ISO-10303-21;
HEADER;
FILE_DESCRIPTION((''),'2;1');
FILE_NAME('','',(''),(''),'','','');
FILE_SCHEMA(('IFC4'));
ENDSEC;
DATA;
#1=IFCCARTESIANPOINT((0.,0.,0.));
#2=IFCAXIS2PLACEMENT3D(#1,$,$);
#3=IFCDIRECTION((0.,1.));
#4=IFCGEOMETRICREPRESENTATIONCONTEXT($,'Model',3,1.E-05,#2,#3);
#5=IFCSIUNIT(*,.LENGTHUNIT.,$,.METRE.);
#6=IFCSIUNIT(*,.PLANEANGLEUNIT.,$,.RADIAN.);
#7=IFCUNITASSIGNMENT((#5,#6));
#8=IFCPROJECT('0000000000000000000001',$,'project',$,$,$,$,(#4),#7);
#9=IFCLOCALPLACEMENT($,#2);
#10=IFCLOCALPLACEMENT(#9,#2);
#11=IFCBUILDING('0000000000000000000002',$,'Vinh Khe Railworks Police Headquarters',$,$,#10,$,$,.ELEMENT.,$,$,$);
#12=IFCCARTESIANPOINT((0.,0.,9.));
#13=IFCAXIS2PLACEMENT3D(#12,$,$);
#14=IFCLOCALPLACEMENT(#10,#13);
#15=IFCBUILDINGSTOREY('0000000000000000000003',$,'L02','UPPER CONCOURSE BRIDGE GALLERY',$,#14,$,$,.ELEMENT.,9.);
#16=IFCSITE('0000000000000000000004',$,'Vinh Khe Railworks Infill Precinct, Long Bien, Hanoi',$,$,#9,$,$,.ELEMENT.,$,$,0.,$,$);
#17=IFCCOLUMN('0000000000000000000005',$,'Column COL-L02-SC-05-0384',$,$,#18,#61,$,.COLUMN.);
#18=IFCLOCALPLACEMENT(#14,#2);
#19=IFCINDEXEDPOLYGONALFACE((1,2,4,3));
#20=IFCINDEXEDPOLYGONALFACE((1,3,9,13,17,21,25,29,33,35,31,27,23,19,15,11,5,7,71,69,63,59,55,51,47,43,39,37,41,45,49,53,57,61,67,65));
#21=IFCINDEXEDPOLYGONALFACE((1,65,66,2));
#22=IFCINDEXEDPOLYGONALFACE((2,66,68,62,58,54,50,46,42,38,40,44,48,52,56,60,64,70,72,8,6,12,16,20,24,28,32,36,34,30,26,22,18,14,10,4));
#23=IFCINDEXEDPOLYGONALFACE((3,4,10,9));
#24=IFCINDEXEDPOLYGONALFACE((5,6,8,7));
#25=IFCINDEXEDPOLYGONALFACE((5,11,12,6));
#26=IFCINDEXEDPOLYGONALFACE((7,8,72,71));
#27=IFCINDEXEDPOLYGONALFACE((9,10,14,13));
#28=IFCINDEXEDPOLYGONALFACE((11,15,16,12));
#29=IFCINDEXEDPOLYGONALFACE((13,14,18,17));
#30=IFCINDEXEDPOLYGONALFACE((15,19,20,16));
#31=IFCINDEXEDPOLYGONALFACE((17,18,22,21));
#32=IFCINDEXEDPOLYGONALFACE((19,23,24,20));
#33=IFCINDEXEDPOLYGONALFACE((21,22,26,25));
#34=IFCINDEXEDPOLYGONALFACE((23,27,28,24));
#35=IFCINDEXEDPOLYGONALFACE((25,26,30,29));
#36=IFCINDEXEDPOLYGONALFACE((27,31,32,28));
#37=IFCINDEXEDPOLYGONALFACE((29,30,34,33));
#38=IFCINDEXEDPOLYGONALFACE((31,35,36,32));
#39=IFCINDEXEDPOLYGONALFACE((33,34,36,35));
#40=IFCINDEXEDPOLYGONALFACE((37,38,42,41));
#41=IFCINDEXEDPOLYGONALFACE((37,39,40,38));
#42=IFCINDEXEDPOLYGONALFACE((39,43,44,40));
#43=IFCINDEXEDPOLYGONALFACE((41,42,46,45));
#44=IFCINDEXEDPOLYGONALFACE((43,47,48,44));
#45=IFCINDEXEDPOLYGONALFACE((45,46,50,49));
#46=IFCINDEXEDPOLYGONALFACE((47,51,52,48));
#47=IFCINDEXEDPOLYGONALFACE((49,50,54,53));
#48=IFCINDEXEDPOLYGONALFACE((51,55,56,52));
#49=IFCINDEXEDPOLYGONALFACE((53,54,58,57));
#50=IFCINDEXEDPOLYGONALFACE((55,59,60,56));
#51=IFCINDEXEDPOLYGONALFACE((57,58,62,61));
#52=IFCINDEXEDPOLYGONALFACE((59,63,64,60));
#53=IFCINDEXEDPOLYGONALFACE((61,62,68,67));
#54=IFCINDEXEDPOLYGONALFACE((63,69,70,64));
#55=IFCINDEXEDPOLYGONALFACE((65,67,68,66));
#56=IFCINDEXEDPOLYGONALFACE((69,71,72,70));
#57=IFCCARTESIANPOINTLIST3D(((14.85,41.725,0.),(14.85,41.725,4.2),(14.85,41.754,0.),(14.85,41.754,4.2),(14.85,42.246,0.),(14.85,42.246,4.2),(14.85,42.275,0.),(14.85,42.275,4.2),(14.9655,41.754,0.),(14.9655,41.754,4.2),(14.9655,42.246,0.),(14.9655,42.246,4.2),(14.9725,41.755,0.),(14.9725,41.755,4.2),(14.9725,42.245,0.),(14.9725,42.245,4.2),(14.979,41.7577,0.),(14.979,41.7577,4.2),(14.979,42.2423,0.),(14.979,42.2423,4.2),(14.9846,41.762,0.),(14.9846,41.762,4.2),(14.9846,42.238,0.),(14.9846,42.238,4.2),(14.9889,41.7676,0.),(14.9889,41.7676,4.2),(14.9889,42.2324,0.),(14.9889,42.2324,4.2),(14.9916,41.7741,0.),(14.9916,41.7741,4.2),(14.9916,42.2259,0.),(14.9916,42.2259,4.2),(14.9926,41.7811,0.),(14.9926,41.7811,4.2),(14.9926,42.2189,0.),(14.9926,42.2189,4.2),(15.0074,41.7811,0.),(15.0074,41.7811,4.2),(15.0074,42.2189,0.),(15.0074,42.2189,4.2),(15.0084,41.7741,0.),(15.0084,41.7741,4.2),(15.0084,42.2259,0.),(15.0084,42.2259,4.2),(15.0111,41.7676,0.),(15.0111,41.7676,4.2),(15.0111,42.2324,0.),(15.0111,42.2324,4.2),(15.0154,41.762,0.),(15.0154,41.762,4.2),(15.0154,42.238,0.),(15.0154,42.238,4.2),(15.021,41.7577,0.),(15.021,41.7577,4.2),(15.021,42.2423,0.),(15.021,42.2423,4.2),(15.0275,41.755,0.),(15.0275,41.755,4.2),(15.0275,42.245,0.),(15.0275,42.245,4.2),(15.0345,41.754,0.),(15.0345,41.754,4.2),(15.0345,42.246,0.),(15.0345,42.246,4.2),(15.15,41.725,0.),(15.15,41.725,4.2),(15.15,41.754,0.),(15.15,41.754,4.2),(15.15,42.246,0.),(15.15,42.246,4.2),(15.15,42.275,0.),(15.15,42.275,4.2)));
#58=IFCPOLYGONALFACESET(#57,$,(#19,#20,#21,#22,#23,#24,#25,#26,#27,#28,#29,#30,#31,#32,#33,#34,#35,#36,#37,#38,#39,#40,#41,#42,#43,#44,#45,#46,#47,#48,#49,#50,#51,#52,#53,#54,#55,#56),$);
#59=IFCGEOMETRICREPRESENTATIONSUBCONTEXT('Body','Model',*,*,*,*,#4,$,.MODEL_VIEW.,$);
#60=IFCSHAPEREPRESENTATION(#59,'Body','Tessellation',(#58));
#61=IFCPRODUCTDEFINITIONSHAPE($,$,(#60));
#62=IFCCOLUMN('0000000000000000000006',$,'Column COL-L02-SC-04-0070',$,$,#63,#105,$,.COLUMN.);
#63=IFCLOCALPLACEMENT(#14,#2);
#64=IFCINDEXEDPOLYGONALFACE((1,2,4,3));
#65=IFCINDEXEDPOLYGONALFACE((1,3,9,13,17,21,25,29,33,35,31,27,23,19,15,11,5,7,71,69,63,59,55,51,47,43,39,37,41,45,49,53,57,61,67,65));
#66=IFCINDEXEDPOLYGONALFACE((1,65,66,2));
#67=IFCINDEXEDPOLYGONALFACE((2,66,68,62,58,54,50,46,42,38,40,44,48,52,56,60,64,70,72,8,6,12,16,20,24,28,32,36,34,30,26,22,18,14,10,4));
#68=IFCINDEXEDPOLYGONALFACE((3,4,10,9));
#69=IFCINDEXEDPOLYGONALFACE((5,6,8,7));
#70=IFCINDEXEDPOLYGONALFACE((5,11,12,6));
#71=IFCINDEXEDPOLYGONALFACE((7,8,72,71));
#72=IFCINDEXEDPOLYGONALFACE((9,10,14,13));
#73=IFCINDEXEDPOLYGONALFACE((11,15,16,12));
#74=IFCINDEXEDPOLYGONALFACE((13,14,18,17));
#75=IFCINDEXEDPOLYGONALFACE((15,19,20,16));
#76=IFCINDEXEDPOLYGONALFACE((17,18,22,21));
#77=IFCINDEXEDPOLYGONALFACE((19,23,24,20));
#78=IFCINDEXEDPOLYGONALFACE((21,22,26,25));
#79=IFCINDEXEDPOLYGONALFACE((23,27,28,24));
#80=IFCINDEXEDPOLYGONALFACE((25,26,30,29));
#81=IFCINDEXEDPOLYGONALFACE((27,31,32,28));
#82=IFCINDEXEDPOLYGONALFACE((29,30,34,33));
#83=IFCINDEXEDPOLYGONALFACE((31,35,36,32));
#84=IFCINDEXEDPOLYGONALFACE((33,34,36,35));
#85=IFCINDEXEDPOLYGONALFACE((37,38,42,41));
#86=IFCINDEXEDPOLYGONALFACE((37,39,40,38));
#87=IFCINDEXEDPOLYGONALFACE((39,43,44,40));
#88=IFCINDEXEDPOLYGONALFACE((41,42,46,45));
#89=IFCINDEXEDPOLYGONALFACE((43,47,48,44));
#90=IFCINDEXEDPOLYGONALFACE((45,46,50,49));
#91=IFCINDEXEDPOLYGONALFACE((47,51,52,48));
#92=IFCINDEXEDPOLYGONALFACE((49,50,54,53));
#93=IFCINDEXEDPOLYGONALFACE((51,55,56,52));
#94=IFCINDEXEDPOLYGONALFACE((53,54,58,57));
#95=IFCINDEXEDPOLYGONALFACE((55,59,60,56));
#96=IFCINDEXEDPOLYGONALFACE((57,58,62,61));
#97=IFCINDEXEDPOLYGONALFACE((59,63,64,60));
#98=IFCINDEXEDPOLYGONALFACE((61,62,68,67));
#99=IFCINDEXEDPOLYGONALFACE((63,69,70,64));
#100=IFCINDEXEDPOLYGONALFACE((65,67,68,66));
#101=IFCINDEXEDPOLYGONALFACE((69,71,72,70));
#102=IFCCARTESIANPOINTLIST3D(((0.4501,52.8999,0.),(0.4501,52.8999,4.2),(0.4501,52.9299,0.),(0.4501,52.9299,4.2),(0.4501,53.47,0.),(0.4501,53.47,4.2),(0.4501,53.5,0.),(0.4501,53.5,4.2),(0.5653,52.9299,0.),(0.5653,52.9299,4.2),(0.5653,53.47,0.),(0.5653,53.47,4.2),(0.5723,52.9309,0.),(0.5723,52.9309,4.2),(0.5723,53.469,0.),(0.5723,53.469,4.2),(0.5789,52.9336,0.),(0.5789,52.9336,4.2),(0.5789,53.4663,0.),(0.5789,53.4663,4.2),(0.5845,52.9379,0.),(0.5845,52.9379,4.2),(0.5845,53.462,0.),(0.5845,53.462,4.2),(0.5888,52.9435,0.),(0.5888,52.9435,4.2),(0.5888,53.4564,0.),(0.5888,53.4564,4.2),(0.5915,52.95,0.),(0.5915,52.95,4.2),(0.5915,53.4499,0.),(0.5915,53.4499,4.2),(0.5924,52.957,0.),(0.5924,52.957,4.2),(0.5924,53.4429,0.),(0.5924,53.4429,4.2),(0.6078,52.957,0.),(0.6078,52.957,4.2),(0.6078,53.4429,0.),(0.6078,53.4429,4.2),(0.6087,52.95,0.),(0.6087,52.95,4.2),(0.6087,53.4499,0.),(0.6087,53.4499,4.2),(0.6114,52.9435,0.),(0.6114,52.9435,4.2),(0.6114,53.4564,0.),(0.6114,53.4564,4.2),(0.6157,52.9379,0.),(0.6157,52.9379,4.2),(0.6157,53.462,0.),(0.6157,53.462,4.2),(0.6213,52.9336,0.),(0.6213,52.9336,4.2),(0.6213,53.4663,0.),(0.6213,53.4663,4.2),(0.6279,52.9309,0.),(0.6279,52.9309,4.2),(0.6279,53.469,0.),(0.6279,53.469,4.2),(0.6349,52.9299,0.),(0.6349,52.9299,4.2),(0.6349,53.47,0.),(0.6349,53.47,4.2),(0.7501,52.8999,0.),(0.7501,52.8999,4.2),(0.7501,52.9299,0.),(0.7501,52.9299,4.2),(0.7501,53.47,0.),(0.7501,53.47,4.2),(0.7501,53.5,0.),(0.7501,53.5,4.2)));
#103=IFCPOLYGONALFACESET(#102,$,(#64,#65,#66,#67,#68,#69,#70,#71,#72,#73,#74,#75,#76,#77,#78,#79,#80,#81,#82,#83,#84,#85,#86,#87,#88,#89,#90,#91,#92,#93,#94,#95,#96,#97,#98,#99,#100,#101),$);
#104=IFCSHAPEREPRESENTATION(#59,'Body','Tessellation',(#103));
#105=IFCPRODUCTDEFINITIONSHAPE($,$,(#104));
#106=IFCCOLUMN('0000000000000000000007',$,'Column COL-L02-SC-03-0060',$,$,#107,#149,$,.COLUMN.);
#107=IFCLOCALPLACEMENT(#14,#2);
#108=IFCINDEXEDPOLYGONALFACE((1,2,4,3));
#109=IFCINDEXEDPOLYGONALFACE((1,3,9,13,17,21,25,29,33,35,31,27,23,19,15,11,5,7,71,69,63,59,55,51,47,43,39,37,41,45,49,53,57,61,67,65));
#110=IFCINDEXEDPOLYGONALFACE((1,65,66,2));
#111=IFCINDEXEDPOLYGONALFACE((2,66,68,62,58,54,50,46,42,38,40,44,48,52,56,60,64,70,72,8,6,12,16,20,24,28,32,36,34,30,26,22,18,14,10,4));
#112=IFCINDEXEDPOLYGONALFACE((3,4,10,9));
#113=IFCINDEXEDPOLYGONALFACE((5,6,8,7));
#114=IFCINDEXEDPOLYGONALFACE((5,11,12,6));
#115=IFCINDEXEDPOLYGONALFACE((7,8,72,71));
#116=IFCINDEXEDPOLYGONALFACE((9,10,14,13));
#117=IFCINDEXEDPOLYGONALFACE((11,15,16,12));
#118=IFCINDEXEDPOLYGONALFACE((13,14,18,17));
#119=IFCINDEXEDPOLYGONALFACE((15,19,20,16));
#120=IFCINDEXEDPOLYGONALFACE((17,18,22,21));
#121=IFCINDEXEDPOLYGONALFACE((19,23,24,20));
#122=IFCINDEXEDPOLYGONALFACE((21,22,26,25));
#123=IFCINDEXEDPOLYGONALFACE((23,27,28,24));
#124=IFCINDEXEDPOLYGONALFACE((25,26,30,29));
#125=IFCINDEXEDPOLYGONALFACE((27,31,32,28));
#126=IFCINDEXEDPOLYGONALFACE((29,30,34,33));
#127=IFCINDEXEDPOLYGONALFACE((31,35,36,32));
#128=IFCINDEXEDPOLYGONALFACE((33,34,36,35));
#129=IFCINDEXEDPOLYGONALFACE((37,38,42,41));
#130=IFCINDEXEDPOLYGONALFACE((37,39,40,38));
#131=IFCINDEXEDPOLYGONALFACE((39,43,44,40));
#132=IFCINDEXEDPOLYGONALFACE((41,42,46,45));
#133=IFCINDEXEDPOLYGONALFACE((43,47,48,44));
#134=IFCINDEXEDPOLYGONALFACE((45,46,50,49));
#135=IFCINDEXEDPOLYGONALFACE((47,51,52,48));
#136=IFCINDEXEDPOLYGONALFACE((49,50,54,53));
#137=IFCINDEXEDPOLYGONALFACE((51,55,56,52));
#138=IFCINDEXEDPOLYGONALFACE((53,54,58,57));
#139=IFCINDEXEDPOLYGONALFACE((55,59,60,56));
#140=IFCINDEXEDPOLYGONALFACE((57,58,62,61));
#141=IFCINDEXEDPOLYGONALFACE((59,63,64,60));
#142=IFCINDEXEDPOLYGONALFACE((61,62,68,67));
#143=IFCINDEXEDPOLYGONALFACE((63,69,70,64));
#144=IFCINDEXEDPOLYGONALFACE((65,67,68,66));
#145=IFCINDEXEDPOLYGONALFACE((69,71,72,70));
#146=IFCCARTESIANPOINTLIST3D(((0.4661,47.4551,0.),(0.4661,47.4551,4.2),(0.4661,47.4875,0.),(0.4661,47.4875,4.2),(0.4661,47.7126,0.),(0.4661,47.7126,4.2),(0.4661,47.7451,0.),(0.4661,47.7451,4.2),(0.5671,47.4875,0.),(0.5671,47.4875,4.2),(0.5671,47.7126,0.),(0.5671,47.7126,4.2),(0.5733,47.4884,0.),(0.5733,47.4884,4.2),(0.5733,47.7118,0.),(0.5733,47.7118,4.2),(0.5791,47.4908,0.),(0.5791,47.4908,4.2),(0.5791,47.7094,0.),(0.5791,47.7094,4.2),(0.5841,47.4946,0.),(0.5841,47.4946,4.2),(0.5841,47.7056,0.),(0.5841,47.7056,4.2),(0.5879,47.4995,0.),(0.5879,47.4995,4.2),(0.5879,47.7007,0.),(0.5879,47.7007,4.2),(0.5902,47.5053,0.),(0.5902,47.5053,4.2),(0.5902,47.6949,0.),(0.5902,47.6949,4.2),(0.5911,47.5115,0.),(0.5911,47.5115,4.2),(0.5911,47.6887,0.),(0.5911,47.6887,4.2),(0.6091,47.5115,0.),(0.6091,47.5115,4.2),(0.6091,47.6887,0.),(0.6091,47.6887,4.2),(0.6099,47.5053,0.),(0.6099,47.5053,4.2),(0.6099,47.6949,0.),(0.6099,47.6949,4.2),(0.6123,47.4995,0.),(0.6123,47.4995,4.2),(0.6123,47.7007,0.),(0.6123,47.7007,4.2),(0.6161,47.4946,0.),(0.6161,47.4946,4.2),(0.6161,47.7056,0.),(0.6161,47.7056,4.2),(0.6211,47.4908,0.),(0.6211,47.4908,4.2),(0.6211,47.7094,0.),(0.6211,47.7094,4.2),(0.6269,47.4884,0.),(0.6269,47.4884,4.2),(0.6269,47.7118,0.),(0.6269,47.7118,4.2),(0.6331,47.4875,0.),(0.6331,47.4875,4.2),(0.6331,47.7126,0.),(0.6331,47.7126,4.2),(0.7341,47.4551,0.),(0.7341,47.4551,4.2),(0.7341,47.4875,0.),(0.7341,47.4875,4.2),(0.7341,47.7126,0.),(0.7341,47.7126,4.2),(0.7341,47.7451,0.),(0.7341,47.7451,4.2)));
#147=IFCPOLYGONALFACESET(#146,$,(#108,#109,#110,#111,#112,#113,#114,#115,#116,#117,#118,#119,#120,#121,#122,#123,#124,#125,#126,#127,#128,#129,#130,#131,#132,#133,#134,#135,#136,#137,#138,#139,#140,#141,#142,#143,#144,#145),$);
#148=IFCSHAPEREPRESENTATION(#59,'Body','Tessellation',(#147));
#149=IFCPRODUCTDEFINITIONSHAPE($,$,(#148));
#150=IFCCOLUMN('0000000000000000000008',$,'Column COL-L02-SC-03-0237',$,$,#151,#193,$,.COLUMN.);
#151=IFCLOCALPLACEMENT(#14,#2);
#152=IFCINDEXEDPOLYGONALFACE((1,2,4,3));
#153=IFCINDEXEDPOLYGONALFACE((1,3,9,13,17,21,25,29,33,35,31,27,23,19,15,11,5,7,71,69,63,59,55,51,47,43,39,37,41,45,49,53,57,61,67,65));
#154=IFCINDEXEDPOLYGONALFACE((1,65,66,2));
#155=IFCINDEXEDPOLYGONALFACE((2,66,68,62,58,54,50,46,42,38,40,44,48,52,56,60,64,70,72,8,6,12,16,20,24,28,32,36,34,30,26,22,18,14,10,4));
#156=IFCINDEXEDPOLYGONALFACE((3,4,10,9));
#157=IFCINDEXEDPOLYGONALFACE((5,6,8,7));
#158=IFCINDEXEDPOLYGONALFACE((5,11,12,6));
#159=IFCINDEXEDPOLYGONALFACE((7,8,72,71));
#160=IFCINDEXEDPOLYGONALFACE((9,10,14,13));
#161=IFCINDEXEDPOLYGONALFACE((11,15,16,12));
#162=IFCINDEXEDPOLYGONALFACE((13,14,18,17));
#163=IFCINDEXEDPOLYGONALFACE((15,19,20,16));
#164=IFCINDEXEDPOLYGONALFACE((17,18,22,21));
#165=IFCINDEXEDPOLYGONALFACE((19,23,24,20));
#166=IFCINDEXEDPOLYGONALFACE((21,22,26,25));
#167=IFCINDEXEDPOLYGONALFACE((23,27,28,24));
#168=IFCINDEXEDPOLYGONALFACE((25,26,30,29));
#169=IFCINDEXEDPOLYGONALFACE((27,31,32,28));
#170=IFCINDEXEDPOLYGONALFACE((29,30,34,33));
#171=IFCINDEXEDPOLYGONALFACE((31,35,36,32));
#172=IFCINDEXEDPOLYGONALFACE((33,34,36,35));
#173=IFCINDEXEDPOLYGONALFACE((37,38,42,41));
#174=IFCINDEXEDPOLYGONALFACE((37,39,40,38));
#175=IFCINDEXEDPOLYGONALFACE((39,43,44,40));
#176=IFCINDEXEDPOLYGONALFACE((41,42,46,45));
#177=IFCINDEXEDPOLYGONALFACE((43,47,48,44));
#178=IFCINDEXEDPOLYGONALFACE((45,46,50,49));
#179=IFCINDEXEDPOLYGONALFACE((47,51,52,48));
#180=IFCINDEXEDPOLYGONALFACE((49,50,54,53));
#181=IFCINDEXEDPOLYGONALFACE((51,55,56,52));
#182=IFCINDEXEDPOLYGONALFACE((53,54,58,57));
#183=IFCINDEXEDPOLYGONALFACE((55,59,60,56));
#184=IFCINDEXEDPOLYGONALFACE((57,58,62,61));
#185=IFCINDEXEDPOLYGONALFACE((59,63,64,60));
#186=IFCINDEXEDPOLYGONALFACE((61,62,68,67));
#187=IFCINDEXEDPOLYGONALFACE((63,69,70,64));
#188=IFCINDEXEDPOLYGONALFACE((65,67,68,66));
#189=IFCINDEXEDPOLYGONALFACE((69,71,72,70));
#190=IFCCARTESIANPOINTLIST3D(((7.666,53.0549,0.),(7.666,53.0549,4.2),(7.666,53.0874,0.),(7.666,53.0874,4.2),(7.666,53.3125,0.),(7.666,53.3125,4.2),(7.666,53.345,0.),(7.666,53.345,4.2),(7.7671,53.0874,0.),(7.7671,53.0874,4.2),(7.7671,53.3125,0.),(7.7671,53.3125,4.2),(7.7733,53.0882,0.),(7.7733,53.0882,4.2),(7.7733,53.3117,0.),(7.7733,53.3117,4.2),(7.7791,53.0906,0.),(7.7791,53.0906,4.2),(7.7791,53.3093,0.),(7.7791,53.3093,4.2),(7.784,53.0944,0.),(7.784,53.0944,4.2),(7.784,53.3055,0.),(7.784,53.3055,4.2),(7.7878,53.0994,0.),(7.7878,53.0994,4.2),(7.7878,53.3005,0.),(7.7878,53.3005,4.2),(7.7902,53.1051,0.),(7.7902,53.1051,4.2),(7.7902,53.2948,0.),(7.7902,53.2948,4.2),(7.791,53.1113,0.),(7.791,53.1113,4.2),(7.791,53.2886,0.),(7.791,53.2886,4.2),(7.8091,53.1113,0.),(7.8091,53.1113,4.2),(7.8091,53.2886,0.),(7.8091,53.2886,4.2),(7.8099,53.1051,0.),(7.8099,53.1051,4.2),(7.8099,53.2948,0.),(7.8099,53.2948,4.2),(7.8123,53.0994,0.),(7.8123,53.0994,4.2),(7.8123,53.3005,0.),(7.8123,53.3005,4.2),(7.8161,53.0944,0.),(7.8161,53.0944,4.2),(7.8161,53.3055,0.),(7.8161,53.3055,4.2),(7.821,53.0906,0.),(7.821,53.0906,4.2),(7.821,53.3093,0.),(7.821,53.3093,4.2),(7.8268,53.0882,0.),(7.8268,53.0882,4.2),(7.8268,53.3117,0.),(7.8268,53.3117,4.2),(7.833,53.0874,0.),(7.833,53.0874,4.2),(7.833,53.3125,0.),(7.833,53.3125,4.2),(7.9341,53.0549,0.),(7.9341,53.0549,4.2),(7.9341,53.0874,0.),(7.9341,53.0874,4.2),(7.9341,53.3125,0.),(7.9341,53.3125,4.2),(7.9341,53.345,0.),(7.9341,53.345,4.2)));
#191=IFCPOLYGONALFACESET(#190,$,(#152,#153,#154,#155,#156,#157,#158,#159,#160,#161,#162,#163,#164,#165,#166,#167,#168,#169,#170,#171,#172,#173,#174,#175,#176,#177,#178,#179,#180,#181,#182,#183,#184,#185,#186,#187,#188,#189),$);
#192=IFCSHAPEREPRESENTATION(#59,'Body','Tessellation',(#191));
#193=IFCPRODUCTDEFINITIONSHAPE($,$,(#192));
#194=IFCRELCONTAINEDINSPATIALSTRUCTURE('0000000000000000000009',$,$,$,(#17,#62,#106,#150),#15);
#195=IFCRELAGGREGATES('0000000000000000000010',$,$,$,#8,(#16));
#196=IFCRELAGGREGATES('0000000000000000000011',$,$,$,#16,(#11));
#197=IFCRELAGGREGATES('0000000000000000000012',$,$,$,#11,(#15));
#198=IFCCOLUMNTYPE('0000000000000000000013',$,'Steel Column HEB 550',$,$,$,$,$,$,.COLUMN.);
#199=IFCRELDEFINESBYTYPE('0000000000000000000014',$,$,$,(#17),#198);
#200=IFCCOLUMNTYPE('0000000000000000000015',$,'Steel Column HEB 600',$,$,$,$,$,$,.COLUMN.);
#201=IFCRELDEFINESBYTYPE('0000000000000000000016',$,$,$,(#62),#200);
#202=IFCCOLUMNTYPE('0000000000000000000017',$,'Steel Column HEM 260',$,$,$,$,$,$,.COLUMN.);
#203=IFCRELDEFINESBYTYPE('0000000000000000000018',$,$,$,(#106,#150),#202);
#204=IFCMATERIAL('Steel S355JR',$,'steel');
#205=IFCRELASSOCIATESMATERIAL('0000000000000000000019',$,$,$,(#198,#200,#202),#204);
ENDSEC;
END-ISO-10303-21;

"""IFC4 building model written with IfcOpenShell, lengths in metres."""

from ifc_helpers import new_model, si_unit, direction, frame, origin, origin_2d, place, context, subcontext, project, spatial, i_section, extrude, material, material_profile, profile_set, type_object, element, save


model = new_model("IFC4")

# Units and contexts
model_context = context("Model", 3, precision=1e-05, world=origin(), true_north=direction((0.0, 1.0)))
body_context = subcontext(model_context, "Body", "Model", "MODEL_VIEW")
ifc_project = project(units=[si_unit("LENGTHUNIT", "METRE"), si_unit("PLANEANGLEUNIT", "RADIAN")], contexts=[model_context])

# Site, building, storey
site_placement = place(None, origin())
site = spatial("IfcSite", under=ifc_project, at=site_placement, Name="Vinh Khe Railworks Infill Precinct, Long Bien, Hanoi", CompositionType="ELEMENT", RefElevation=0.0)
building_placement = place(site_placement, origin())
building = spatial("IfcBuilding", under=site, at=building_placement, Name="Vinh Khe Railworks Police Headquarters", CompositionType="ELEMENT")
storey_placement = place(building_placement, frame((0.0, 0.0, 9.0)))
storey = spatial("IfcBuildingStorey", under=building, at=storey_placement, Name="L02", Description="UPPER CONCOURSE BRIDGE GALLERY", CompositionType="ELEMENT", Elevation=9.0)

# Columns
ifc_material_1 = material(Name="Steel S355JR", Category="steel")
ifc_material_profile_1 = material_profile(ifc_material_1, i_section(OverallWidth=0.3, OverallDepth=0.55, WebThickness=0.0149, FlangeThickness=0.0291, FilletRadius=0.0271, at=origin_2d()), Name="HEB 550")
ifc_profile_set_1 = profile_set([ifc_material_profile_1], Name="Steel S355JR")
column_type_1 = type_object("IfcColumnType", Name="Steel Column HEB 550", PredefinedType="COLUMN", material=ifc_profile_set_1)
column_1_placement = place(storey_placement, frame((15.0, 42.0, 0.0), z_axis=(0.0, 0.0, 1.0), x_axis=(1.0, 0.0, 0.0)))
element("IfcColumn", 1, at=column_1_placement, inside=storey, type_object=column_type_1, Name="Column COL-L02-SC-05-0384", PredefinedType="COLUMN", context=body_context, shape_type="SweptSolid", body=[
    extrude(i_section(OverallWidth=0.3, OverallDepth=0.55, WebThickness=0.0149, FlangeThickness=0.0291, FilletRadius=0.0271, at=origin_2d()), origin(), (0.0, 0.0, 1.0), 4.2),
])
ifc_material_profile_2 = material_profile(ifc_material_1, i_section(OverallWidth=0.3, OverallDepth=0.6001, WebThickness=0.0154, FlangeThickness=0.03, FilletRadius=0.0271, at=origin_2d()), Name="HEB 600")
ifc_profile_set_2 = profile_set([ifc_material_profile_2], Name="Steel S355JR")
column_type_2 = type_object("IfcColumnType", Name="Steel Column HEB 600", PredefinedType="COLUMN", material=ifc_profile_set_2)
column_2_placement = place(storey_placement, frame((0.6001, 53.2, 0.0), z_axis=(0.0, 0.0, 1.0), x_axis=(1.0, 0.0, 0.0)))
element("IfcColumn", 2, at=column_2_placement, inside=storey, type_object=column_type_2, Name="Column COL-L02-SC-04-0070", PredefinedType="COLUMN", context=body_context, shape_type="SweptSolid", body=[
    extrude(i_section(OverallWidth=0.3, OverallDepth=0.6001, WebThickness=0.0154, FlangeThickness=0.03, FilletRadius=0.0271, at=origin_2d()), origin(), (0.0, 0.0, 1.0), 4.2),
])
ifc_material_profile_3 = material_profile(ifc_material_1, i_section(OverallWidth=0.2681, OverallDepth=0.29, WebThickness=0.0181, FlangeThickness=0.0325, FilletRadius=0.0239, at=origin_2d()), Name="HEM 260")
ifc_profile_set_3 = profile_set([ifc_material_profile_3], Name="Steel S355JR")
column_type_3 = type_object("IfcColumnType", Name="Steel Column HEM 260", PredefinedType="COLUMN", material=ifc_profile_set_3)
for number, where, z_axis, x_axis, name in (
    (3, (0.6001, 47.6001, 0.0), (0.0, 0.0, 1.0), (1.0, 0.0, 0.0), "Column COL-L02-SC-03-0060"),
    (4, (7.8, 53.2, 0.0), (0.0, 0.0, 1.0), (1.0, 0.0, 0.0), "Column COL-L02-SC-03-0237"),
):
    element("IfcColumn", number, at=place(storey_placement, frame(where, z_axis=z_axis, x_axis=x_axis)), inside=storey, type_object=column_type_3, Name=name, PredefinedType="COLUMN", context=body_context, shape_type="SweptSolid", body=[
        extrude(i_section(OverallWidth=0.2681, OverallDepth=0.29, WebThickness=0.0181, FlangeThickness=0.0325, FilletRadius=0.0239, at=origin_2d()), origin(), (0.0, 0.0, 1.0), 4.2),
    ])

save(model, "model.ifc")
